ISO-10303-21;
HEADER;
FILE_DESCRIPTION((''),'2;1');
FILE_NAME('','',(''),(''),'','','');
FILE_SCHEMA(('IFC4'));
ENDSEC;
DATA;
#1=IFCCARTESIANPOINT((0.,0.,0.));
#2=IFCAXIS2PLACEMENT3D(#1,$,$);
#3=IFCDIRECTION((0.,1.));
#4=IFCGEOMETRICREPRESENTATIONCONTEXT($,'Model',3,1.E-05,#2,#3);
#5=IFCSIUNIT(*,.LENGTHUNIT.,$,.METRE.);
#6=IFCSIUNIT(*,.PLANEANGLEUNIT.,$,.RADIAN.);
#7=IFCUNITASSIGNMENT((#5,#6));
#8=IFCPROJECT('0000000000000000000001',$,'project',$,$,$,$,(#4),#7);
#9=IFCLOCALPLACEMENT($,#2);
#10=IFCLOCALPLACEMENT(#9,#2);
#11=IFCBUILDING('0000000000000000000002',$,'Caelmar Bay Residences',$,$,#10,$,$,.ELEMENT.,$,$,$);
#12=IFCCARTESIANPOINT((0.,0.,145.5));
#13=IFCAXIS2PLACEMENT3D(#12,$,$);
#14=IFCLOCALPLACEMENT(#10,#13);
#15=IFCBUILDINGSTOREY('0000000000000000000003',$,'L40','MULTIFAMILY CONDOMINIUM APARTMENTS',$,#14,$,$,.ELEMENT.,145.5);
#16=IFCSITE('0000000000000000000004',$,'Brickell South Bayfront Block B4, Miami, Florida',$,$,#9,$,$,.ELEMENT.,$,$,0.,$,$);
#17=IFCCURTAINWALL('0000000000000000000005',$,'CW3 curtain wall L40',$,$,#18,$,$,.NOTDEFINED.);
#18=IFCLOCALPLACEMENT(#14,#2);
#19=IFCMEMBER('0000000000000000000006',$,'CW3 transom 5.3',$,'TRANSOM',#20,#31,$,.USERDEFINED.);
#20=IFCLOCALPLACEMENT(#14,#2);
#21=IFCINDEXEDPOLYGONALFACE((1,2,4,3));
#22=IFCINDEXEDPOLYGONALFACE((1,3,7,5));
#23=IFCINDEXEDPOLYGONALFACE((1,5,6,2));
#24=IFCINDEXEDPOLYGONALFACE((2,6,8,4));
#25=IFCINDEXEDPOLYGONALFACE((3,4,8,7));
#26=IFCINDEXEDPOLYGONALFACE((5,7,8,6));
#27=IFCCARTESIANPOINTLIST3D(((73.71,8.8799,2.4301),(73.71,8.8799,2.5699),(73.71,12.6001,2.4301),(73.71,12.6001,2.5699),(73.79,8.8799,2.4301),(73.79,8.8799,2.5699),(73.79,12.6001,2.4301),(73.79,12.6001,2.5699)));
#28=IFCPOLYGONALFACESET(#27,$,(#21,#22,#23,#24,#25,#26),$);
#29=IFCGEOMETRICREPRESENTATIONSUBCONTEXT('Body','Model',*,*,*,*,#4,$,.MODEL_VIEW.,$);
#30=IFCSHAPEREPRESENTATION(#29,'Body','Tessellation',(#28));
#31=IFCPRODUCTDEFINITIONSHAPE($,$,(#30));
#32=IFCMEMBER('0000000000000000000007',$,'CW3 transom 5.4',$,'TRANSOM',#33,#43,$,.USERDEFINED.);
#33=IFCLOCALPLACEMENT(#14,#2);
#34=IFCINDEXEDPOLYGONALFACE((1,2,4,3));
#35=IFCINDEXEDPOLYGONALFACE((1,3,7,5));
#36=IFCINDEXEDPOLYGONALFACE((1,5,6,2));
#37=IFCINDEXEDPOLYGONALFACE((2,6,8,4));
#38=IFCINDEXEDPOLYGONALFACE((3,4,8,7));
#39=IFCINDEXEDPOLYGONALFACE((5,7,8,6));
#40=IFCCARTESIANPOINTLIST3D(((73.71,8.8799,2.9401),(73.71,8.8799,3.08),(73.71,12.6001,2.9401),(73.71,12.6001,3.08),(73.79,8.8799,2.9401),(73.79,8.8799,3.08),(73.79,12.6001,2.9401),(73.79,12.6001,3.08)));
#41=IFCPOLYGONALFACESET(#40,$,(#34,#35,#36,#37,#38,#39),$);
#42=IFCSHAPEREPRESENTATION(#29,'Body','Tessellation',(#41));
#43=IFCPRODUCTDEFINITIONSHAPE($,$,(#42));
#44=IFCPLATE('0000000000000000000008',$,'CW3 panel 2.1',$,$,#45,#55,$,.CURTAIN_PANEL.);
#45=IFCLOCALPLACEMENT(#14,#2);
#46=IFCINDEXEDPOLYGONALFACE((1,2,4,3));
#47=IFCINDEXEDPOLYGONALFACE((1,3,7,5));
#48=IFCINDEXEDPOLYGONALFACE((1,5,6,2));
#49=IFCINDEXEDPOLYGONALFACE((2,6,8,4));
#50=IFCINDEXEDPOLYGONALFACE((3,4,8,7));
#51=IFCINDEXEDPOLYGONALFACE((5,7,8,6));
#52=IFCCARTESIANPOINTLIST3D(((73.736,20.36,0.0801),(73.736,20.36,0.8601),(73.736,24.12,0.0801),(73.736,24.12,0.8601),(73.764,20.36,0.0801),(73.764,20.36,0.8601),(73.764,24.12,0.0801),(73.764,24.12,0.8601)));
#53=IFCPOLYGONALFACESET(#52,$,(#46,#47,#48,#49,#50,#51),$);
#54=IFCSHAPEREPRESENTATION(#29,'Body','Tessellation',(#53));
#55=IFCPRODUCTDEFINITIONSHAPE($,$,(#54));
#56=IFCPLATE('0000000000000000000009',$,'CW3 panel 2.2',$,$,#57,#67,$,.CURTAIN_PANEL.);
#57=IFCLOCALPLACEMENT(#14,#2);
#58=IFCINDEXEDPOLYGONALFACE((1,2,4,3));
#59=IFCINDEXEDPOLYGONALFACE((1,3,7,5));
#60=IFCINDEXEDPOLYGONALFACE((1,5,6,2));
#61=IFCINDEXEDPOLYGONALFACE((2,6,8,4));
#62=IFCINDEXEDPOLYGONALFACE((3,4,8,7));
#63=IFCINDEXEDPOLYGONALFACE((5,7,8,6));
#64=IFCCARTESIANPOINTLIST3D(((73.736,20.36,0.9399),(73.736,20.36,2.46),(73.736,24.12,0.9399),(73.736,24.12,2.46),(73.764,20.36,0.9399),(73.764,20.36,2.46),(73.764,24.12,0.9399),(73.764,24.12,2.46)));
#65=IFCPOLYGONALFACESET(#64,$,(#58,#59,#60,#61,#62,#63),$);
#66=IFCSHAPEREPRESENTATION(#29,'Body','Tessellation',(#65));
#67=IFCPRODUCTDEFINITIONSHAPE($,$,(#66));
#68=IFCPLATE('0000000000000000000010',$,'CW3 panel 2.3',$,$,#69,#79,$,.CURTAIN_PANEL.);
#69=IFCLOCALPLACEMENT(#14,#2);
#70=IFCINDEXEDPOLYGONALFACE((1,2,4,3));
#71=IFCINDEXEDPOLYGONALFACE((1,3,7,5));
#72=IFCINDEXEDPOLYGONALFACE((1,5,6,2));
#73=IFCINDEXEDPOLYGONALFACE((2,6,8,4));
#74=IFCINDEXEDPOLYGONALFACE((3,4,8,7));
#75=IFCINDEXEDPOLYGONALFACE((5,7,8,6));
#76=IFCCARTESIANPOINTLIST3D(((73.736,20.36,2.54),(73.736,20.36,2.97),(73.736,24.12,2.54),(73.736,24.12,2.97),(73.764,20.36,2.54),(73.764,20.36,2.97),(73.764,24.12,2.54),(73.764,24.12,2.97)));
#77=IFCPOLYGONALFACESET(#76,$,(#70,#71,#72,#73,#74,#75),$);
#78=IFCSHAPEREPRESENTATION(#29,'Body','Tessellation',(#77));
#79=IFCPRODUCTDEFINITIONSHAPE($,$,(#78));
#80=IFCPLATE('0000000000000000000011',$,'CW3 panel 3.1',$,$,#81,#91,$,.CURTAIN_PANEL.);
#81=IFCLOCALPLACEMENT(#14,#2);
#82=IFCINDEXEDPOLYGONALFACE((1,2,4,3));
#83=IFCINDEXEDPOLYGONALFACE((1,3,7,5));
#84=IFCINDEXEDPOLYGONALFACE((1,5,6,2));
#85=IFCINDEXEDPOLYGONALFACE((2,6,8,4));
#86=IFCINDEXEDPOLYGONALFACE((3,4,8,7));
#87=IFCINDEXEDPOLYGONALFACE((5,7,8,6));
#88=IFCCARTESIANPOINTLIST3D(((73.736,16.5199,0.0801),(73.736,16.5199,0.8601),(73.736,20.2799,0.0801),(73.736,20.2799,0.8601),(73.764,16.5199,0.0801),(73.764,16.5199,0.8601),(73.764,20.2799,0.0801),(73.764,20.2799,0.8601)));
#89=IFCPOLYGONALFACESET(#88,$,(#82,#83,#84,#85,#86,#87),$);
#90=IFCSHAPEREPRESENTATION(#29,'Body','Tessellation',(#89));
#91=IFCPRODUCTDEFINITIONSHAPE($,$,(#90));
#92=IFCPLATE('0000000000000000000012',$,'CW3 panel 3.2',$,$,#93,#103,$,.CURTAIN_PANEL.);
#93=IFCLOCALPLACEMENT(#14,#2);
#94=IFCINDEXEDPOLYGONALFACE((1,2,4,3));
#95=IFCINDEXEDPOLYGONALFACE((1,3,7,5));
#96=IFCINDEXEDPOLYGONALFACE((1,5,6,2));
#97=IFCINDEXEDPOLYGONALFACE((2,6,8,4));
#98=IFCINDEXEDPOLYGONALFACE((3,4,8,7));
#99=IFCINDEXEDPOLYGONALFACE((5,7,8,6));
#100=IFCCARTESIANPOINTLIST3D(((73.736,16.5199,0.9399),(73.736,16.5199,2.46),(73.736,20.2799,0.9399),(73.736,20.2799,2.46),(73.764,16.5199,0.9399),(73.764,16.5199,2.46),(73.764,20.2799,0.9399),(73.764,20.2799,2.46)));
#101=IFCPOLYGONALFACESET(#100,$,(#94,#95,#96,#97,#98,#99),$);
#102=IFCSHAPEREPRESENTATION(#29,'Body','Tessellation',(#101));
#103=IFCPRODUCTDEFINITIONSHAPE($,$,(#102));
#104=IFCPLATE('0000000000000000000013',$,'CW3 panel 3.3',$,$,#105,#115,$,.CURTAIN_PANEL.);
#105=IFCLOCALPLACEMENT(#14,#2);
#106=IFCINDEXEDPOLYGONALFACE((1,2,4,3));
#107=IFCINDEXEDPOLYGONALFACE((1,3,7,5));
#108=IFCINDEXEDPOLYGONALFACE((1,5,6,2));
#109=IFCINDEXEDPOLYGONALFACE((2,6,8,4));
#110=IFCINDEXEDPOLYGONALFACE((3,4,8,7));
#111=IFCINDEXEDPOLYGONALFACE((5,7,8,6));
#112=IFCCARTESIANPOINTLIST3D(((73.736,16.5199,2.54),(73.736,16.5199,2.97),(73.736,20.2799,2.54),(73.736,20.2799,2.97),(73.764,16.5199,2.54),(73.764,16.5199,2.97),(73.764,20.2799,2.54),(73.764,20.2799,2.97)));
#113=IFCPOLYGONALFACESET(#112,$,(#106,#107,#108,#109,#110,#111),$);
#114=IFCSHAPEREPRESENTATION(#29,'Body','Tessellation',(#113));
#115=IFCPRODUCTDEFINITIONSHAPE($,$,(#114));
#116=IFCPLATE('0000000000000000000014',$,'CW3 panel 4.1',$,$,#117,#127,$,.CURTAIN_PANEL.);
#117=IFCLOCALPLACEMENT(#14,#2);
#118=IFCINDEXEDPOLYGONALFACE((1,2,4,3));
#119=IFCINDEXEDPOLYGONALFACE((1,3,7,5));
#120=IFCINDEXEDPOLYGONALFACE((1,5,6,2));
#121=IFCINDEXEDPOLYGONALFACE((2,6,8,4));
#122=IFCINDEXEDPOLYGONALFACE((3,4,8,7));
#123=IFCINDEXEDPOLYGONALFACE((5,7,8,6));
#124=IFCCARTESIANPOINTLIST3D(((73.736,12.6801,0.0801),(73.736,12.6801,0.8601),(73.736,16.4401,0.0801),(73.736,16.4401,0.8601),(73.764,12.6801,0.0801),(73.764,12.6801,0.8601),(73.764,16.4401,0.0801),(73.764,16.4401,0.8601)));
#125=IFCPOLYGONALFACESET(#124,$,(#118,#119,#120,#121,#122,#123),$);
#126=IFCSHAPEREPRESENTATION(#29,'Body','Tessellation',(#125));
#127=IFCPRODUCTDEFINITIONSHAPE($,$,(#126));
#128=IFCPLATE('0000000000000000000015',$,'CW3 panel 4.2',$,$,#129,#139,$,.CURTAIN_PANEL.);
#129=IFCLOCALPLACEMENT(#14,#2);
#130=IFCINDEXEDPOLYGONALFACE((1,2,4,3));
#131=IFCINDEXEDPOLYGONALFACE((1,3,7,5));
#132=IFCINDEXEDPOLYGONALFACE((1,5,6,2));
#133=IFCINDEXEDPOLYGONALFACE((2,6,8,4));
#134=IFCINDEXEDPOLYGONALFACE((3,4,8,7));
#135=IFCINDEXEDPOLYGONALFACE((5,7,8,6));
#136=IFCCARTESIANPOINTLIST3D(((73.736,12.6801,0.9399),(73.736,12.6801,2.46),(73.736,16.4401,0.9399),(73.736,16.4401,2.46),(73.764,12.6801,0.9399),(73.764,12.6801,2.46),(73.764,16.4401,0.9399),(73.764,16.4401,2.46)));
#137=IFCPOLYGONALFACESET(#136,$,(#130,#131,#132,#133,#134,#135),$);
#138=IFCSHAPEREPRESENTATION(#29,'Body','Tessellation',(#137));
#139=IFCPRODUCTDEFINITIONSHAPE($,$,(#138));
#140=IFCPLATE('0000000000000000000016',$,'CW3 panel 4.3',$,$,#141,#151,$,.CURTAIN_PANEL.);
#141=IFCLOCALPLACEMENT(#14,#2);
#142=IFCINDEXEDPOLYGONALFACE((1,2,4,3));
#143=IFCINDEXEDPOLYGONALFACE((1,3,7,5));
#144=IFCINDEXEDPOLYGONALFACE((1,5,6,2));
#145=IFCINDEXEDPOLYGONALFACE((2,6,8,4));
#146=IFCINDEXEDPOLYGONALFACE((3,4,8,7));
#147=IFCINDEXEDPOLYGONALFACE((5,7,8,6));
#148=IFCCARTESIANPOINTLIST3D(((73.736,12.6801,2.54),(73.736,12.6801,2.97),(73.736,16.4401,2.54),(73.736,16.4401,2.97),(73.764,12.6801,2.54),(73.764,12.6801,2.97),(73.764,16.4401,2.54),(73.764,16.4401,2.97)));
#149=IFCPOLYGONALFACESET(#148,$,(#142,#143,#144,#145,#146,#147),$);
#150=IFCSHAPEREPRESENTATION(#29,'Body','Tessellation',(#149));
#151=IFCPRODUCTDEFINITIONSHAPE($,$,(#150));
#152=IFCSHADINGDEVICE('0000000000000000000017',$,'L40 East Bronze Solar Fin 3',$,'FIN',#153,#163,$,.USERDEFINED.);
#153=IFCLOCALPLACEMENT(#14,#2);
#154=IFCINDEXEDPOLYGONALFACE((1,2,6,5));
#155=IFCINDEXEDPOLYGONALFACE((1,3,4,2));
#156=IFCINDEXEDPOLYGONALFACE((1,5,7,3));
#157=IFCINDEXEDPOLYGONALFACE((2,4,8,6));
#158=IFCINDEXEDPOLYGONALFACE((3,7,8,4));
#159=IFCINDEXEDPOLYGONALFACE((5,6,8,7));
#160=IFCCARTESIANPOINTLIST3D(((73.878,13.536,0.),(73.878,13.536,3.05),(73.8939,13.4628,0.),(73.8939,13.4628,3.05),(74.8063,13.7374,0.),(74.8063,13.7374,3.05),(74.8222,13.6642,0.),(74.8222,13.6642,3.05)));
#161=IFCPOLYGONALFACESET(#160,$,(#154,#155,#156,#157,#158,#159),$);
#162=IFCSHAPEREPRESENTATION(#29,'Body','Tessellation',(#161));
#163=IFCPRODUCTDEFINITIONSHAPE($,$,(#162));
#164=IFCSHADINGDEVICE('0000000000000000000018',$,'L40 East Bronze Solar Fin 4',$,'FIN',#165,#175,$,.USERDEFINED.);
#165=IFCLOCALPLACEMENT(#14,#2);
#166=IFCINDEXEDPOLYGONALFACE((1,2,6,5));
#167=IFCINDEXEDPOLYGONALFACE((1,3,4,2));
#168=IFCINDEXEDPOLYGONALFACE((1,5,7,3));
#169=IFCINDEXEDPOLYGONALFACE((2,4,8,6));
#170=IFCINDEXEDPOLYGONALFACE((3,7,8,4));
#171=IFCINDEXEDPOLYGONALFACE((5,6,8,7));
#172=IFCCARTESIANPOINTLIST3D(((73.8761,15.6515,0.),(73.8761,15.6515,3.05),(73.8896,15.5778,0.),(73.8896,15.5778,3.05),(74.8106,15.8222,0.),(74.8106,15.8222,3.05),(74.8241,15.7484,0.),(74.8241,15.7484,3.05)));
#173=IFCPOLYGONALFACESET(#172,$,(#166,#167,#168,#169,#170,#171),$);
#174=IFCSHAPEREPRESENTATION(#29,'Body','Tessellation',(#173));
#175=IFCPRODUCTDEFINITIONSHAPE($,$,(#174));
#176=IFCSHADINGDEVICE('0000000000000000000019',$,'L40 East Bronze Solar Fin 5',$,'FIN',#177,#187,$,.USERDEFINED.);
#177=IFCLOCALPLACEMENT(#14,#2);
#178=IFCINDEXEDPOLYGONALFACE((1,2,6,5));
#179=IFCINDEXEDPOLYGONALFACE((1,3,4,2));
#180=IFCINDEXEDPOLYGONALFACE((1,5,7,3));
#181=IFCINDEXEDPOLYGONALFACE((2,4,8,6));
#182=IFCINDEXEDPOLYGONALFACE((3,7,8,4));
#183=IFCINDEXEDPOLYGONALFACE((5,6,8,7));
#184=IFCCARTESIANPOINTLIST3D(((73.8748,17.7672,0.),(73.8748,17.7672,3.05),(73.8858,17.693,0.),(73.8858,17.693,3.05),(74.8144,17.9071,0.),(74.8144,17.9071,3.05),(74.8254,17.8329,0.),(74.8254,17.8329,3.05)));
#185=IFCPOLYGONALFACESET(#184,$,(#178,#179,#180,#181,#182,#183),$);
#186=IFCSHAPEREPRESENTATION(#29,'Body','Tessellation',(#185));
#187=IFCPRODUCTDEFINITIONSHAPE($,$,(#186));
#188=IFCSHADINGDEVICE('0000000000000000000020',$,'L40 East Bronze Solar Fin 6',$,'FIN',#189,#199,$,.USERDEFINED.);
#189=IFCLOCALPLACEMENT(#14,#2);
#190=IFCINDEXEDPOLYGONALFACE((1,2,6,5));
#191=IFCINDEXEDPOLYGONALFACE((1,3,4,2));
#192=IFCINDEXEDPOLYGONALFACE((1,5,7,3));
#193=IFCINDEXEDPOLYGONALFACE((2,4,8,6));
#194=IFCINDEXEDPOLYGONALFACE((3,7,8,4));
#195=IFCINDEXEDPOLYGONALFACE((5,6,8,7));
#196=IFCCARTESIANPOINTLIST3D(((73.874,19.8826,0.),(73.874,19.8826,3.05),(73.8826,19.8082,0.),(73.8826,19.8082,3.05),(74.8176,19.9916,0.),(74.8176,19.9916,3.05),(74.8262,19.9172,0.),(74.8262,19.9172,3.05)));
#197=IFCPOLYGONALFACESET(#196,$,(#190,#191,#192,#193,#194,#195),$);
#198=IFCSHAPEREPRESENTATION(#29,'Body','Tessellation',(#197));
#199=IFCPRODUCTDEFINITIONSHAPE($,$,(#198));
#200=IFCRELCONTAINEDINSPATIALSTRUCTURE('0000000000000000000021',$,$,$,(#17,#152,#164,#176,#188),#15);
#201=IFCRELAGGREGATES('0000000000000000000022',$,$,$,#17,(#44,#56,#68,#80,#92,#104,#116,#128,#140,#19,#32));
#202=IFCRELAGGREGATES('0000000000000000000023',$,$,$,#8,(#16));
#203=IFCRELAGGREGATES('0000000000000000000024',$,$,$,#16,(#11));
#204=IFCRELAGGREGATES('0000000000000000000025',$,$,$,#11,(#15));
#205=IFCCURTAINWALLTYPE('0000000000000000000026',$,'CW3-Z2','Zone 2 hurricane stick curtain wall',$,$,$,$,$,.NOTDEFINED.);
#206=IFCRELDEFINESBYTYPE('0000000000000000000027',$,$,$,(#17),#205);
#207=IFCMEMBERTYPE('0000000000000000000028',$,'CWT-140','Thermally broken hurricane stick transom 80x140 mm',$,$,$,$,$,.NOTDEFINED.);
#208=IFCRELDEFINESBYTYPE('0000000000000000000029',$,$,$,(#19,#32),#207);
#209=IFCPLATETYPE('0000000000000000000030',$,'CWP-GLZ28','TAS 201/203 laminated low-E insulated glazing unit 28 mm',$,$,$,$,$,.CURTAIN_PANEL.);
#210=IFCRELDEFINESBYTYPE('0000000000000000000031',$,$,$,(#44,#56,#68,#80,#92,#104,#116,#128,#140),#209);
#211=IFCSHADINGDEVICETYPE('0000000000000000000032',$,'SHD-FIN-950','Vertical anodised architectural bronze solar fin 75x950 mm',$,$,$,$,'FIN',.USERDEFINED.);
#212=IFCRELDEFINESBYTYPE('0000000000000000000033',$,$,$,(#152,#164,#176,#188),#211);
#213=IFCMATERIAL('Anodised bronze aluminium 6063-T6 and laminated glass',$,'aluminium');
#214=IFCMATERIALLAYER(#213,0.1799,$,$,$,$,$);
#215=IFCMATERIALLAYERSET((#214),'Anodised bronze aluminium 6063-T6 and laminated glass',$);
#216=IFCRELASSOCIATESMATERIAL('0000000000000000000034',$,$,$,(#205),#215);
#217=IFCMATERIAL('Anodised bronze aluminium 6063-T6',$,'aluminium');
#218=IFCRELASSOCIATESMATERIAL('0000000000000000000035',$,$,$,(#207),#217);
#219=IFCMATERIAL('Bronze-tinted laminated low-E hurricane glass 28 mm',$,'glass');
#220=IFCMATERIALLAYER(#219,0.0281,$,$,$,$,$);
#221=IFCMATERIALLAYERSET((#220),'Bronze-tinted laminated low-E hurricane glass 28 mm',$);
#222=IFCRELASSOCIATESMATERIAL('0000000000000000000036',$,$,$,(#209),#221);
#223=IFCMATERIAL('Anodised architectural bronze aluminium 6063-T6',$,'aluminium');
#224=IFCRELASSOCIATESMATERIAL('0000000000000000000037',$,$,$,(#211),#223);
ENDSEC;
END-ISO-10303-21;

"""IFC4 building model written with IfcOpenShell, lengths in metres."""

from ifc_helpers import new_model, si_unit, direction, frame, origin, origin_2d, place, context, subcontext, project, spatial, rectangle, extrude, material, layer, layer_set, material_profile, profile_set, type_object, element, aggregate, save


model = new_model("IFC4")

# Units and contexts
model_context = context("Model", 3, precision=1e-05, world=origin(), true_north=direction((0.0, 1.0)))
body_context = subcontext(model_context, "Body", "Model", "MODEL_VIEW")
ifc_project = project(units=[si_unit("LENGTHUNIT", "METRE"), si_unit("PLANEANGLEUNIT", "RADIAN")], contexts=[model_context])

# Site, building, storey
site_placement = place(None, origin())
site = spatial("IfcSite", under=ifc_project, at=site_placement, Name="Brickell South Bayfront Block B4, Miami, Florida", CompositionType="ELEMENT", RefElevation=0.0)
building_placement = place(site_placement, origin())
building = spatial("IfcBuilding", under=site, at=building_placement, Name="Caelmar Bay Residences", CompositionType="ELEMENT")
storey_placement = place(building_placement, frame((0.0, 0.0, 145.5)))
storey = spatial("IfcBuildingStorey", under=building, at=storey_placement, Name="L40", Description="MULTIFAMILY CONDOMINIUM APARTMENTS", CompositionType="ELEMENT", Elevation=145.5)

# Curtain wall, members, plates
ifc_material_1 = material(Name="Anodised bronze aluminium 6063-T6 and laminated glass", Category="aluminium")
ifc_layer_1 = layer(ifc_material_1, 0.1799)
ifc_layer_set_1 = layer_set([ifc_layer_1], Name="Anodised bronze aluminium 6063-T6 and laminated glass")
curtain_wall_type = type_object("IfcCurtainWallType", Name="CW3-Z2", Description="Zone 2 hurricane stick curtain wall", PredefinedType="NOTDEFINED", material=ifc_layer_set_1)
curtain_wall_placement = place(storey_placement, origin())
curtain_wall = element("IfcCurtainWall", 1, at=curtain_wall_placement, inside=storey, type_object=curtain_wall_type, Name="CW3 curtain wall L40", PredefinedType="NOTDEFINED")
ifc_material_2 = material(Name="Anodised bronze aluminium 6063-T6", Category="aluminium")
ifc_material_profile_1 = material_profile(ifc_material_2, rectangle(XDim=0.0801, YDim=0.1399, at=origin_2d()), Name="CWT-80X140")
ifc_profile_set_1 = profile_set([ifc_material_profile_1], Name="Anodised bronze aluminium 6063-T6")
member_type_1 = type_object("IfcMemberType", Name="CWT-140", Description="Thermally broken hurricane stick transom 80x140 mm", PredefinedType="NOTDEFINED", material=ifc_profile_set_1)
member_1_placement = place(storey_placement, frame((73.75, 12.6001, 2.5), z_axis=(0.0, -1.0, 0.0), x_axis=(1.0, 0.0, 0.0)))
member_1 = element("IfcMember", 2, at=member_1_placement, type_object=member_type_1, Name="CW3 transom 5.3", ObjectType="TRANSOM", PredefinedType="USERDEFINED", context=body_context, shape_type="SweptSolid", body=[
    extrude(rectangle(XDim=0.0801, YDim=0.1399, at=origin_2d()), origin(), (0.0, 0.0, 1.0), 3.7202),
])
member_2_placement = place(storey_placement, frame((73.75, 12.6001, 3.01), z_axis=(0.0, -1.0, 0.0), x_axis=(1.0, 0.0, 0.0)))
member_2 = element("IfcMember", 3, at=member_2_placement, type_object=member_type_1, Name="CW3 transom 5.4", ObjectType="TRANSOM", PredefinedType="USERDEFINED", context=body_context, shape_type="SweptSolid", body=[
    extrude(rectangle(XDim=0.0801, YDim=0.1399, at=origin_2d()), origin(), (0.0, 0.0, 1.0), 3.7202),
])
ifc_material_3 = material(Name="Bronze-tinted laminated low-E hurricane glass 28 mm", Category="glass")
ifc_layer_2 = layer(ifc_material_3, 0.0281)
ifc_layer_set_2 = layer_set([ifc_layer_2], Name="Bronze-tinted laminated low-E hurricane glass 28 mm")
plate_type = type_object("IfcPlateType", Name="CWP-GLZ28", Description="TAS 201/203 laminated low-E insulated glazing unit 28 mm", PredefinedType="CURTAIN_PANEL", material=ifc_layer_set_2)
plate_1_placement = place(storey_placement, frame((73.75, 22.24, 0.0801), z_axis=(0.0, 0.0, 1.0), x_axis=(0.0, -1.0, 0.0)))
plate_1 = element("IfcPlate", 4, at=plate_1_placement, type_object=plate_type, Name="CW3 panel 2.1", PredefinedType="CURTAIN_PANEL", context=body_context, shape_type="SweptSolid", body=[
    extrude(rectangle(XDim=3.76, YDim=0.0281, at=origin_2d()), origin(), (0.0, 0.0, 1.0), 0.78),
])
plate_2_placement = place(storey_placement, frame((73.75, 22.24, 0.9399), z_axis=(0.0, 0.0, 1.0), x_axis=(0.0, -1.0, 0.0)))
plate_2 = element("IfcPlate", 5, at=plate_2_placement, type_object=plate_type, Name="CW3 panel 2.2", PredefinedType="CURTAIN_PANEL", context=body_context, shape_type="SweptSolid", body=[
    extrude(rectangle(XDim=3.76, YDim=0.0281, at=origin_2d()), origin(), (0.0, 0.0, 1.0), 1.52),
])
plate_3_placement = place(storey_placement, frame((73.75, 22.24, 2.54), z_axis=(0.0, 0.0, 1.0), x_axis=(0.0, -1.0, 0.0)))
plate_3 = element("IfcPlate", 6, at=plate_3_placement, type_object=plate_type, Name="CW3 panel 2.3", PredefinedType="CURTAIN_PANEL", context=body_context, shape_type="SweptSolid", body=[
    extrude(rectangle(XDim=3.76, YDim=0.0281, at=origin_2d()), origin(), (0.0, 0.0, 1.0), 0.4299),
])
plate_4_placement = place(storey_placement, frame((73.75, 18.3999, 0.0801), z_axis=(0.0, 0.0, 1.0), x_axis=(0.0, -1.0, 0.0)))
plate_4 = element("IfcPlate", 7, at=plate_4_placement, type_object=plate_type, Name="CW3 panel 3.1", PredefinedType="CURTAIN_PANEL", context=body_context, shape_type="SweptSolid", body=[
    extrude(rectangle(XDim=3.76, YDim=0.0281, at=origin_2d()), origin(), (0.0, 0.0, 1.0), 0.78),
])
plate_5_placement = place(storey_placement, frame((73.75, 18.3999, 0.9399), z_axis=(0.0, 0.0, 1.0), x_axis=(0.0, -1.0, 0.0)))
plate_5 = element("IfcPlate", 8, at=plate_5_placement, type_object=plate_type, Name="CW3 panel 3.2", PredefinedType="CURTAIN_PANEL", context=body_context, shape_type="SweptSolid", body=[
    extrude(rectangle(XDim=3.76, YDim=0.0281, at=origin_2d()), origin(), (0.0, 0.0, 1.0), 1.52),
])
plate_6_placement = place(storey_placement, frame((73.75, 18.3999, 2.54), z_axis=(0.0, 0.0, 1.0), x_axis=(0.0, -1.0, 0.0)))
plate_6 = element("IfcPlate", 9, at=plate_6_placement, type_object=plate_type, Name="CW3 panel 3.3", PredefinedType="CURTAIN_PANEL", context=body_context, shape_type="SweptSolid", body=[
    extrude(rectangle(XDim=3.76, YDim=0.0281, at=origin_2d()), origin(), (0.0, 0.0, 1.0), 0.4299),
])
plate_7_placement = place(storey_placement, frame((73.75, 14.5601, 0.0801), z_axis=(0.0, 0.0, 1.0), x_axis=(0.0, -1.0, 0.0)))
plate_7 = element("IfcPlate", 10, at=plate_7_placement, type_object=plate_type, Name="CW3 panel 4.1", PredefinedType="CURTAIN_PANEL", context=body_context, shape_type="SweptSolid", body=[
    extrude(rectangle(XDim=3.76, YDim=0.0281, at=origin_2d()), origin(), (0.0, 0.0, 1.0), 0.78),
])
plate_8_placement = place(storey_placement, frame((73.75, 14.5601, 0.9399), z_axis=(0.0, 0.0, 1.0), x_axis=(0.0, -1.0, 0.0)))
plate_8 = element("IfcPlate", 11, at=plate_8_placement, type_object=plate_type, Name="CW3 panel 4.2", PredefinedType="CURTAIN_PANEL", context=body_context, shape_type="SweptSolid", body=[
    extrude(rectangle(XDim=3.76, YDim=0.0281, at=origin_2d()), origin(), (0.0, 0.0, 1.0), 1.52),
])
plate_9_placement = place(storey_placement, frame((73.75, 14.5601, 2.54), z_axis=(0.0, 0.0, 1.0), x_axis=(0.0, -1.0, 0.0)))
plate_9 = element("IfcPlate", 12, at=plate_9_placement, type_object=plate_type, Name="CW3 panel 4.3", PredefinedType="CURTAIN_PANEL", context=body_context, shape_type="SweptSolid", body=[
    extrude(rectangle(XDim=3.76, YDim=0.0281, at=origin_2d()), origin(), (0.0, 0.0, 1.0), 0.4299),
])
aggregate(curtain_wall, [plate_1, plate_2, plate_3, plate_4, plate_5, plate_6, plate_7, plate_8, plate_9, member_1, member_2])

# Shading devices
ifc_material_4 = material(Name="Anodised architectural bronze aluminium 6063-T6", Category="aluminium")
ifc_material_profile_2 = material_profile(ifc_material_4, rectangle(XDim=0.075, YDim=0.95, at=origin_2d()), Name="BRONZE-FIN-75X950")
ifc_profile_set_2 = profile_set([ifc_material_profile_2], Name="Anodised architectural bronze aluminium 6063-T6")
shading_device_type = type_object("IfcShadingDeviceType", Name="SHD-FIN-950", Description="Vertical anodised architectural bronze solar fin 75x950 mm", ElementType="FIN", PredefinedType="USERDEFINED", material=ifc_profile_set_2)
for number, where, z_axis, x_axis, name in (
    (13, (74.3501, 13.6001, 0.0), (0.0, 0.0, 1.0), (-0.212007, 0.977268, 0.0), "L40 East Bronze Solar Fin 3"),
    (14, (74.3501, 15.7, 0.0), (0.0, 0.0, 1.0), (-0.179661, 0.983729, 0.0), "L40 East Bronze Solar Fin 4"),
    (15, (74.3501, 17.8, 0.0), (0.0, 0.0, 1.0), (-0.147292, 0.989093, 0.0), "L40 East Bronze Solar Fin 5"),
    (16, (74.3501, 19.8999, 0.0), (0.0, 0.0, 1.0), (-0.114764, 0.993393, 0.0), "L40 East Bronze Solar Fin 6"),
):
    element("IfcShadingDevice", number, at=place(storey_placement, frame(where, z_axis=z_axis, x_axis=x_axis)), inside=storey, type_object=shading_device_type, Name=name, ObjectType="FIN", PredefinedType="USERDEFINED", context=body_context, shape_type="SweptSolid", body=[
        extrude(rectangle(XDim=0.075, YDim=0.95, at=origin_2d()), origin(), (0.0, 0.0, 1.0), 3.05),
    ])

save(model, "model.ifc")
